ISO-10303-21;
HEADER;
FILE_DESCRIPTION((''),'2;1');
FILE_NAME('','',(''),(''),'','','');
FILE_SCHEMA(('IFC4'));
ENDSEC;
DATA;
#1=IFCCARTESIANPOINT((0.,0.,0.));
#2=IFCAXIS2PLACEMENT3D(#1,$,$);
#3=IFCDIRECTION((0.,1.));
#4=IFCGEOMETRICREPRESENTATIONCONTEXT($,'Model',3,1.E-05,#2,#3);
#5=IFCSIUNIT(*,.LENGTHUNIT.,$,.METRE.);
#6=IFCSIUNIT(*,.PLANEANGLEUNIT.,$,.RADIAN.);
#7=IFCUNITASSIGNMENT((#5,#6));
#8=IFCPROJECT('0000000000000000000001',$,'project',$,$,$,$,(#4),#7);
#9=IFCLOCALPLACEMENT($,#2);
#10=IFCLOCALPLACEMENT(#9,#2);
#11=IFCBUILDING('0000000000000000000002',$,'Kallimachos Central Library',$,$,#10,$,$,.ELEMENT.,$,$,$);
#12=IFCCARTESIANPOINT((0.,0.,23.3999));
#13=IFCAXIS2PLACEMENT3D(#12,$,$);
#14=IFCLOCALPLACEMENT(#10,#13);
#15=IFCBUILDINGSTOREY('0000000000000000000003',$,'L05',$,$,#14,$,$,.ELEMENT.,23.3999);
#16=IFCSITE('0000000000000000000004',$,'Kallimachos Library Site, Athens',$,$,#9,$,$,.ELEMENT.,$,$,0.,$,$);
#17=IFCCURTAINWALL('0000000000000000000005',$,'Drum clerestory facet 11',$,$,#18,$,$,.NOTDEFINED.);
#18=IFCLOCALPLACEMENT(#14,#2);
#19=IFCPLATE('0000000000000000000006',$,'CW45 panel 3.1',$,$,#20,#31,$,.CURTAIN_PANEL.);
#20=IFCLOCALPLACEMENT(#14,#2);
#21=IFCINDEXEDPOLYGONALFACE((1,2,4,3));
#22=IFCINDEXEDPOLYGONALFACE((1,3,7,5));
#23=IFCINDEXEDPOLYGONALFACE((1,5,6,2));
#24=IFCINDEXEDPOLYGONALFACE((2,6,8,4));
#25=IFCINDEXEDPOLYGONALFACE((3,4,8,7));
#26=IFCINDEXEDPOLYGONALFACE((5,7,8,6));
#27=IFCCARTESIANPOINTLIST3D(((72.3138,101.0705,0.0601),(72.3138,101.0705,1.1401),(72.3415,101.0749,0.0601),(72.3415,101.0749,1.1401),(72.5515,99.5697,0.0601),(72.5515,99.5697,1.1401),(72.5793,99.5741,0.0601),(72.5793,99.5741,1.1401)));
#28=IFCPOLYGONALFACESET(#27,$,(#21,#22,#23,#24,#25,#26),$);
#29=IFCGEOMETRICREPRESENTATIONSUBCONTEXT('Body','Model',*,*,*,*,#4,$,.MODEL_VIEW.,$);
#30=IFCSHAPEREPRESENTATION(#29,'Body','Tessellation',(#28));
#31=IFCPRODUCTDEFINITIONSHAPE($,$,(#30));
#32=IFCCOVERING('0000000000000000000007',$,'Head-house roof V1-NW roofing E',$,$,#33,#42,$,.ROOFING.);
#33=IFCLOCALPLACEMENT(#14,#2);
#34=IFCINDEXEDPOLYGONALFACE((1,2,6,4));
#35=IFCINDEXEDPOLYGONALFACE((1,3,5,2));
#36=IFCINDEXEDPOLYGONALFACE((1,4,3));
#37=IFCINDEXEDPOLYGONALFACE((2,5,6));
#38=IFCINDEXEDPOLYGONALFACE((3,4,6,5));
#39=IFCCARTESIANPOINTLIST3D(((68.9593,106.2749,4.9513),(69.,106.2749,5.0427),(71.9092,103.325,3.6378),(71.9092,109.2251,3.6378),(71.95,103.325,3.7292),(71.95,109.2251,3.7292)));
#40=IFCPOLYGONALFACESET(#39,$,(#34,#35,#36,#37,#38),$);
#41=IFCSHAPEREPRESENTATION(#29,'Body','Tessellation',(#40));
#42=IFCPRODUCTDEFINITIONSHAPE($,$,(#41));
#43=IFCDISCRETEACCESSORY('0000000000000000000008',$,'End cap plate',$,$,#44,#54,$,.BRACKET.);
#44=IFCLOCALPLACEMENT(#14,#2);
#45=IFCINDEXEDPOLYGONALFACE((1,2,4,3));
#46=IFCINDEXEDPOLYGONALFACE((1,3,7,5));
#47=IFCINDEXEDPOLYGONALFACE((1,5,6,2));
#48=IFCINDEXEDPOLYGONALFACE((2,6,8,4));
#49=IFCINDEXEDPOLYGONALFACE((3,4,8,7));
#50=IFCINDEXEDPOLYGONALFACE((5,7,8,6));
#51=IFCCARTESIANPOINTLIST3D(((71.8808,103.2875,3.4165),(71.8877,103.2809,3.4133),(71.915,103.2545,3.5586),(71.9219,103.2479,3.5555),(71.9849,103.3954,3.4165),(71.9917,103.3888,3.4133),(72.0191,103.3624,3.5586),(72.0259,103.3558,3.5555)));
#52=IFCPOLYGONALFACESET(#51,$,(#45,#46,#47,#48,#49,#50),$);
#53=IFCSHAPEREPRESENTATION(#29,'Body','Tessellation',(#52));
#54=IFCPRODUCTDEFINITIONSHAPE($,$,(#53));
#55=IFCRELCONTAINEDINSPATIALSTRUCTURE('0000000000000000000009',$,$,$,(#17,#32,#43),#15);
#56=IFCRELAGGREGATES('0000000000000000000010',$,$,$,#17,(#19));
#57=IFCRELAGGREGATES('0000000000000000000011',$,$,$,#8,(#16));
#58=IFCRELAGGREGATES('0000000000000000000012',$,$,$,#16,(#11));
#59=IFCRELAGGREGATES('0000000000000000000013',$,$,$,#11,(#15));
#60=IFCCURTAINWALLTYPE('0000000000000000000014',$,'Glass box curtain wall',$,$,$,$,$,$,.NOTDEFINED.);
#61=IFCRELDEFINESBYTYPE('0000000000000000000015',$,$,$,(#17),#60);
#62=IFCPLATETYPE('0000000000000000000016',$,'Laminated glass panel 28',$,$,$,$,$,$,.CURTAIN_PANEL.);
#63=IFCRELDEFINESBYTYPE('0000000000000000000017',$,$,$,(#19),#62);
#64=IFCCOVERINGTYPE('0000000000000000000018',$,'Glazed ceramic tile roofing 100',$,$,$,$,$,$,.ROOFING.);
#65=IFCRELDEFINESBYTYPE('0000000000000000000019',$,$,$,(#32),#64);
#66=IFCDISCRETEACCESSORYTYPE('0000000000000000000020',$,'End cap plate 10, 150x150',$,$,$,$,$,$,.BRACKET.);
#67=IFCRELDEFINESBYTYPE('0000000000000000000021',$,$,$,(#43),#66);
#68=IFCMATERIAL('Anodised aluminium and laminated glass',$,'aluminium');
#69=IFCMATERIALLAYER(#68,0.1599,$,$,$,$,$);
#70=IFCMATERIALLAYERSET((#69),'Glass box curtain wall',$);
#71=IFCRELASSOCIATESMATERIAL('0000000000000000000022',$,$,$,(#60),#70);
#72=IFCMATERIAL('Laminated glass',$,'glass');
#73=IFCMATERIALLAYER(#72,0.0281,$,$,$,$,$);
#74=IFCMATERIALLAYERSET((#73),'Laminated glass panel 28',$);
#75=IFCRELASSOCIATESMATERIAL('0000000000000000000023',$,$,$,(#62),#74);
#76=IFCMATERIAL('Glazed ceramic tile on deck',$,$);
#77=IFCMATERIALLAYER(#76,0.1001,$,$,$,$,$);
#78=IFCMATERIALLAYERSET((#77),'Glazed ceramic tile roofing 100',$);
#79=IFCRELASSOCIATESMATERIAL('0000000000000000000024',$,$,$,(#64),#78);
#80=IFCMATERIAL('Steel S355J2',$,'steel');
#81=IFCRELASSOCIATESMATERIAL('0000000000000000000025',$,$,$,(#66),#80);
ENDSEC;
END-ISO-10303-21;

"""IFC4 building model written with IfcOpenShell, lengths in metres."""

from ifc_helpers import new_model, si_unit, direction, frame, origin, origin_2d, place, context, subcontext, project, spatial, polyline, rectangle, outline, extrude, material, layer, layer_set, material_profile, profile_set, type_object, element, aggregate, save


model = new_model("IFC4")

# Units and contexts
model_context = context("Model", 3, precision=1e-05, world=origin(), true_north=direction((0.0, 1.0)))
body_context = subcontext(model_context, "Body", "Model", "MODEL_VIEW")
ifc_project = project(units=[si_unit("LENGTHUNIT", "METRE"), si_unit("PLANEANGLEUNIT", "RADIAN")], contexts=[model_context])

# Site, building, storey
site_placement = place(None, origin())
site = spatial("IfcSite", under=ifc_project, at=site_placement, Name="Kallimachos Library Site, Athens", CompositionType="ELEMENT", RefElevation=0.0)
building_placement = place(site_placement, origin())
building = spatial("IfcBuilding", under=site, at=building_placement, Name="Kallimachos Central Library", CompositionType="ELEMENT")
storey_placement = place(building_placement, frame((0.0, 0.0, 23.3999)))
storey = spatial("IfcBuildingStorey", under=building, at=storey_placement, Name="L05", CompositionType="ELEMENT", Elevation=23.3999)

# Curtain wall
ifc_material_1 = material(Name="Anodised aluminium and laminated glass", Category="aluminium")
ifc_layer_1 = layer(ifc_material_1, 0.1599)
ifc_layer_set_1 = layer_set([ifc_layer_1], Name="Glass box curtain wall")
curtain_wall_type = type_object("IfcCurtainWallType", Name="Glass box curtain wall", PredefinedType="NOTDEFINED", material=ifc_layer_set_1)
curtain_wall_placement = place(storey_placement, origin())
curtain_wall = element("IfcCurtainWall", 1, at=curtain_wall_placement, inside=storey, type_object=curtain_wall_type, Name="Drum clerestory facet 11", PredefinedType="NOTDEFINED")

# Plate
ifc_material_2 = material(Name="Laminated glass", Category="glass")
ifc_layer_2 = layer(ifc_material_2, 0.0281)
ifc_layer_set_2 = layer_set([ifc_layer_2], Name="Laminated glass panel 28")
plate_type_1 = type_object("IfcPlateType", Name="Laminated glass panel 28", PredefinedType="CURTAIN_PANEL", material=ifc_layer_set_2)
plate_1_placement = place(storey_placement, frame((72.4465, 100.3223, 0.0601), z_axis=(0.0, 0.0, 1.0), x_axis=(0.156435, -0.987688, 0.0)))
plate_1 = element("IfcPlate", 2, at=plate_1_placement, type_object=plate_type_1, Name="CW45 panel 3.1", PredefinedType="CURTAIN_PANEL", context=body_context, shape_type="SweptSolid", body=[
    extrude(rectangle(XDim=1.5195, YDim=0.0281, at=origin_2d()), origin(), (0.0, 0.0, 1.0), 1.0801),
])
aggregate(curtain_wall, [plate_1])

# Covering
ifc_material_3 = material(Name="Glazed ceramic tile on deck")
ifc_layer_3 = layer(ifc_material_3, 0.1001)
ifc_layer_set_3 = layer_set([ifc_layer_3], Name="Glazed ceramic tile roofing 100")
covering_type = type_object("IfcCoveringType", Name="Glazed ceramic tile roofing 100", PredefinedType="ROOFING", material=ifc_layer_set_3)
covering_placement = place(storey_placement, frame((71.95, 103.325, 3.7292), z_axis=(0.406756, 0.0, 0.913537), x_axis=(0.0, 1.0, 0.0)))
element("IfcCovering", 3, at=covering_placement, inside=storey, type_object=covering_type, Name="Head-house roof V1-NW roofing E", PredefinedType="ROOFING", context=body_context, shape_type="SweptSolid", body=[
    extrude(outline(polyline([(0.0, 0.0), (5.9001, 0.0), (2.95, 3.2292), (0.0, 0.0)])), origin(), (0.0, 0.0, -1.0), 0.1001),
])

# Discrete accessory
ifc_material_4 = material(Name="Steel S355J2", Category="steel")
ifc_material_profile_1 = material_profile(ifc_material_4, rectangle(XDim=0.1499, YDim=0.1499, at=origin_2d()), Name="End cap plate 10, 150x150")
ifc_profile_set_1 = profile_set([ifc_material_profile_1], Name="Steel S355J2")
discrete_accessory_type = type_object("IfcDiscreteAccessoryType", Name="End cap plate 10, 150x150", PredefinedType="BRACKET", material=ifc_profile_set_1)
discrete_accessory_placement = place(storey_placement, frame((71.9568, 103.3184, 3.4844), z_axis=(-0.682724, 0.658341, 0.316979), x_axis=(-0.694136, -0.719844, 0.0)))
element("IfcDiscreteAccessory", 4, at=discrete_accessory_placement, inside=storey, type_object=discrete_accessory_type, Name="End cap plate", PredefinedType="BRACKET", context=body_context, shape_type="SweptSolid", body=[
    extrude(rectangle(XDim=0.1499, YDim=0.1499, at=origin_2d()), origin(), (0.0, 0.0, 1.0), 0.01),
])

save(model, "model.ifc")
